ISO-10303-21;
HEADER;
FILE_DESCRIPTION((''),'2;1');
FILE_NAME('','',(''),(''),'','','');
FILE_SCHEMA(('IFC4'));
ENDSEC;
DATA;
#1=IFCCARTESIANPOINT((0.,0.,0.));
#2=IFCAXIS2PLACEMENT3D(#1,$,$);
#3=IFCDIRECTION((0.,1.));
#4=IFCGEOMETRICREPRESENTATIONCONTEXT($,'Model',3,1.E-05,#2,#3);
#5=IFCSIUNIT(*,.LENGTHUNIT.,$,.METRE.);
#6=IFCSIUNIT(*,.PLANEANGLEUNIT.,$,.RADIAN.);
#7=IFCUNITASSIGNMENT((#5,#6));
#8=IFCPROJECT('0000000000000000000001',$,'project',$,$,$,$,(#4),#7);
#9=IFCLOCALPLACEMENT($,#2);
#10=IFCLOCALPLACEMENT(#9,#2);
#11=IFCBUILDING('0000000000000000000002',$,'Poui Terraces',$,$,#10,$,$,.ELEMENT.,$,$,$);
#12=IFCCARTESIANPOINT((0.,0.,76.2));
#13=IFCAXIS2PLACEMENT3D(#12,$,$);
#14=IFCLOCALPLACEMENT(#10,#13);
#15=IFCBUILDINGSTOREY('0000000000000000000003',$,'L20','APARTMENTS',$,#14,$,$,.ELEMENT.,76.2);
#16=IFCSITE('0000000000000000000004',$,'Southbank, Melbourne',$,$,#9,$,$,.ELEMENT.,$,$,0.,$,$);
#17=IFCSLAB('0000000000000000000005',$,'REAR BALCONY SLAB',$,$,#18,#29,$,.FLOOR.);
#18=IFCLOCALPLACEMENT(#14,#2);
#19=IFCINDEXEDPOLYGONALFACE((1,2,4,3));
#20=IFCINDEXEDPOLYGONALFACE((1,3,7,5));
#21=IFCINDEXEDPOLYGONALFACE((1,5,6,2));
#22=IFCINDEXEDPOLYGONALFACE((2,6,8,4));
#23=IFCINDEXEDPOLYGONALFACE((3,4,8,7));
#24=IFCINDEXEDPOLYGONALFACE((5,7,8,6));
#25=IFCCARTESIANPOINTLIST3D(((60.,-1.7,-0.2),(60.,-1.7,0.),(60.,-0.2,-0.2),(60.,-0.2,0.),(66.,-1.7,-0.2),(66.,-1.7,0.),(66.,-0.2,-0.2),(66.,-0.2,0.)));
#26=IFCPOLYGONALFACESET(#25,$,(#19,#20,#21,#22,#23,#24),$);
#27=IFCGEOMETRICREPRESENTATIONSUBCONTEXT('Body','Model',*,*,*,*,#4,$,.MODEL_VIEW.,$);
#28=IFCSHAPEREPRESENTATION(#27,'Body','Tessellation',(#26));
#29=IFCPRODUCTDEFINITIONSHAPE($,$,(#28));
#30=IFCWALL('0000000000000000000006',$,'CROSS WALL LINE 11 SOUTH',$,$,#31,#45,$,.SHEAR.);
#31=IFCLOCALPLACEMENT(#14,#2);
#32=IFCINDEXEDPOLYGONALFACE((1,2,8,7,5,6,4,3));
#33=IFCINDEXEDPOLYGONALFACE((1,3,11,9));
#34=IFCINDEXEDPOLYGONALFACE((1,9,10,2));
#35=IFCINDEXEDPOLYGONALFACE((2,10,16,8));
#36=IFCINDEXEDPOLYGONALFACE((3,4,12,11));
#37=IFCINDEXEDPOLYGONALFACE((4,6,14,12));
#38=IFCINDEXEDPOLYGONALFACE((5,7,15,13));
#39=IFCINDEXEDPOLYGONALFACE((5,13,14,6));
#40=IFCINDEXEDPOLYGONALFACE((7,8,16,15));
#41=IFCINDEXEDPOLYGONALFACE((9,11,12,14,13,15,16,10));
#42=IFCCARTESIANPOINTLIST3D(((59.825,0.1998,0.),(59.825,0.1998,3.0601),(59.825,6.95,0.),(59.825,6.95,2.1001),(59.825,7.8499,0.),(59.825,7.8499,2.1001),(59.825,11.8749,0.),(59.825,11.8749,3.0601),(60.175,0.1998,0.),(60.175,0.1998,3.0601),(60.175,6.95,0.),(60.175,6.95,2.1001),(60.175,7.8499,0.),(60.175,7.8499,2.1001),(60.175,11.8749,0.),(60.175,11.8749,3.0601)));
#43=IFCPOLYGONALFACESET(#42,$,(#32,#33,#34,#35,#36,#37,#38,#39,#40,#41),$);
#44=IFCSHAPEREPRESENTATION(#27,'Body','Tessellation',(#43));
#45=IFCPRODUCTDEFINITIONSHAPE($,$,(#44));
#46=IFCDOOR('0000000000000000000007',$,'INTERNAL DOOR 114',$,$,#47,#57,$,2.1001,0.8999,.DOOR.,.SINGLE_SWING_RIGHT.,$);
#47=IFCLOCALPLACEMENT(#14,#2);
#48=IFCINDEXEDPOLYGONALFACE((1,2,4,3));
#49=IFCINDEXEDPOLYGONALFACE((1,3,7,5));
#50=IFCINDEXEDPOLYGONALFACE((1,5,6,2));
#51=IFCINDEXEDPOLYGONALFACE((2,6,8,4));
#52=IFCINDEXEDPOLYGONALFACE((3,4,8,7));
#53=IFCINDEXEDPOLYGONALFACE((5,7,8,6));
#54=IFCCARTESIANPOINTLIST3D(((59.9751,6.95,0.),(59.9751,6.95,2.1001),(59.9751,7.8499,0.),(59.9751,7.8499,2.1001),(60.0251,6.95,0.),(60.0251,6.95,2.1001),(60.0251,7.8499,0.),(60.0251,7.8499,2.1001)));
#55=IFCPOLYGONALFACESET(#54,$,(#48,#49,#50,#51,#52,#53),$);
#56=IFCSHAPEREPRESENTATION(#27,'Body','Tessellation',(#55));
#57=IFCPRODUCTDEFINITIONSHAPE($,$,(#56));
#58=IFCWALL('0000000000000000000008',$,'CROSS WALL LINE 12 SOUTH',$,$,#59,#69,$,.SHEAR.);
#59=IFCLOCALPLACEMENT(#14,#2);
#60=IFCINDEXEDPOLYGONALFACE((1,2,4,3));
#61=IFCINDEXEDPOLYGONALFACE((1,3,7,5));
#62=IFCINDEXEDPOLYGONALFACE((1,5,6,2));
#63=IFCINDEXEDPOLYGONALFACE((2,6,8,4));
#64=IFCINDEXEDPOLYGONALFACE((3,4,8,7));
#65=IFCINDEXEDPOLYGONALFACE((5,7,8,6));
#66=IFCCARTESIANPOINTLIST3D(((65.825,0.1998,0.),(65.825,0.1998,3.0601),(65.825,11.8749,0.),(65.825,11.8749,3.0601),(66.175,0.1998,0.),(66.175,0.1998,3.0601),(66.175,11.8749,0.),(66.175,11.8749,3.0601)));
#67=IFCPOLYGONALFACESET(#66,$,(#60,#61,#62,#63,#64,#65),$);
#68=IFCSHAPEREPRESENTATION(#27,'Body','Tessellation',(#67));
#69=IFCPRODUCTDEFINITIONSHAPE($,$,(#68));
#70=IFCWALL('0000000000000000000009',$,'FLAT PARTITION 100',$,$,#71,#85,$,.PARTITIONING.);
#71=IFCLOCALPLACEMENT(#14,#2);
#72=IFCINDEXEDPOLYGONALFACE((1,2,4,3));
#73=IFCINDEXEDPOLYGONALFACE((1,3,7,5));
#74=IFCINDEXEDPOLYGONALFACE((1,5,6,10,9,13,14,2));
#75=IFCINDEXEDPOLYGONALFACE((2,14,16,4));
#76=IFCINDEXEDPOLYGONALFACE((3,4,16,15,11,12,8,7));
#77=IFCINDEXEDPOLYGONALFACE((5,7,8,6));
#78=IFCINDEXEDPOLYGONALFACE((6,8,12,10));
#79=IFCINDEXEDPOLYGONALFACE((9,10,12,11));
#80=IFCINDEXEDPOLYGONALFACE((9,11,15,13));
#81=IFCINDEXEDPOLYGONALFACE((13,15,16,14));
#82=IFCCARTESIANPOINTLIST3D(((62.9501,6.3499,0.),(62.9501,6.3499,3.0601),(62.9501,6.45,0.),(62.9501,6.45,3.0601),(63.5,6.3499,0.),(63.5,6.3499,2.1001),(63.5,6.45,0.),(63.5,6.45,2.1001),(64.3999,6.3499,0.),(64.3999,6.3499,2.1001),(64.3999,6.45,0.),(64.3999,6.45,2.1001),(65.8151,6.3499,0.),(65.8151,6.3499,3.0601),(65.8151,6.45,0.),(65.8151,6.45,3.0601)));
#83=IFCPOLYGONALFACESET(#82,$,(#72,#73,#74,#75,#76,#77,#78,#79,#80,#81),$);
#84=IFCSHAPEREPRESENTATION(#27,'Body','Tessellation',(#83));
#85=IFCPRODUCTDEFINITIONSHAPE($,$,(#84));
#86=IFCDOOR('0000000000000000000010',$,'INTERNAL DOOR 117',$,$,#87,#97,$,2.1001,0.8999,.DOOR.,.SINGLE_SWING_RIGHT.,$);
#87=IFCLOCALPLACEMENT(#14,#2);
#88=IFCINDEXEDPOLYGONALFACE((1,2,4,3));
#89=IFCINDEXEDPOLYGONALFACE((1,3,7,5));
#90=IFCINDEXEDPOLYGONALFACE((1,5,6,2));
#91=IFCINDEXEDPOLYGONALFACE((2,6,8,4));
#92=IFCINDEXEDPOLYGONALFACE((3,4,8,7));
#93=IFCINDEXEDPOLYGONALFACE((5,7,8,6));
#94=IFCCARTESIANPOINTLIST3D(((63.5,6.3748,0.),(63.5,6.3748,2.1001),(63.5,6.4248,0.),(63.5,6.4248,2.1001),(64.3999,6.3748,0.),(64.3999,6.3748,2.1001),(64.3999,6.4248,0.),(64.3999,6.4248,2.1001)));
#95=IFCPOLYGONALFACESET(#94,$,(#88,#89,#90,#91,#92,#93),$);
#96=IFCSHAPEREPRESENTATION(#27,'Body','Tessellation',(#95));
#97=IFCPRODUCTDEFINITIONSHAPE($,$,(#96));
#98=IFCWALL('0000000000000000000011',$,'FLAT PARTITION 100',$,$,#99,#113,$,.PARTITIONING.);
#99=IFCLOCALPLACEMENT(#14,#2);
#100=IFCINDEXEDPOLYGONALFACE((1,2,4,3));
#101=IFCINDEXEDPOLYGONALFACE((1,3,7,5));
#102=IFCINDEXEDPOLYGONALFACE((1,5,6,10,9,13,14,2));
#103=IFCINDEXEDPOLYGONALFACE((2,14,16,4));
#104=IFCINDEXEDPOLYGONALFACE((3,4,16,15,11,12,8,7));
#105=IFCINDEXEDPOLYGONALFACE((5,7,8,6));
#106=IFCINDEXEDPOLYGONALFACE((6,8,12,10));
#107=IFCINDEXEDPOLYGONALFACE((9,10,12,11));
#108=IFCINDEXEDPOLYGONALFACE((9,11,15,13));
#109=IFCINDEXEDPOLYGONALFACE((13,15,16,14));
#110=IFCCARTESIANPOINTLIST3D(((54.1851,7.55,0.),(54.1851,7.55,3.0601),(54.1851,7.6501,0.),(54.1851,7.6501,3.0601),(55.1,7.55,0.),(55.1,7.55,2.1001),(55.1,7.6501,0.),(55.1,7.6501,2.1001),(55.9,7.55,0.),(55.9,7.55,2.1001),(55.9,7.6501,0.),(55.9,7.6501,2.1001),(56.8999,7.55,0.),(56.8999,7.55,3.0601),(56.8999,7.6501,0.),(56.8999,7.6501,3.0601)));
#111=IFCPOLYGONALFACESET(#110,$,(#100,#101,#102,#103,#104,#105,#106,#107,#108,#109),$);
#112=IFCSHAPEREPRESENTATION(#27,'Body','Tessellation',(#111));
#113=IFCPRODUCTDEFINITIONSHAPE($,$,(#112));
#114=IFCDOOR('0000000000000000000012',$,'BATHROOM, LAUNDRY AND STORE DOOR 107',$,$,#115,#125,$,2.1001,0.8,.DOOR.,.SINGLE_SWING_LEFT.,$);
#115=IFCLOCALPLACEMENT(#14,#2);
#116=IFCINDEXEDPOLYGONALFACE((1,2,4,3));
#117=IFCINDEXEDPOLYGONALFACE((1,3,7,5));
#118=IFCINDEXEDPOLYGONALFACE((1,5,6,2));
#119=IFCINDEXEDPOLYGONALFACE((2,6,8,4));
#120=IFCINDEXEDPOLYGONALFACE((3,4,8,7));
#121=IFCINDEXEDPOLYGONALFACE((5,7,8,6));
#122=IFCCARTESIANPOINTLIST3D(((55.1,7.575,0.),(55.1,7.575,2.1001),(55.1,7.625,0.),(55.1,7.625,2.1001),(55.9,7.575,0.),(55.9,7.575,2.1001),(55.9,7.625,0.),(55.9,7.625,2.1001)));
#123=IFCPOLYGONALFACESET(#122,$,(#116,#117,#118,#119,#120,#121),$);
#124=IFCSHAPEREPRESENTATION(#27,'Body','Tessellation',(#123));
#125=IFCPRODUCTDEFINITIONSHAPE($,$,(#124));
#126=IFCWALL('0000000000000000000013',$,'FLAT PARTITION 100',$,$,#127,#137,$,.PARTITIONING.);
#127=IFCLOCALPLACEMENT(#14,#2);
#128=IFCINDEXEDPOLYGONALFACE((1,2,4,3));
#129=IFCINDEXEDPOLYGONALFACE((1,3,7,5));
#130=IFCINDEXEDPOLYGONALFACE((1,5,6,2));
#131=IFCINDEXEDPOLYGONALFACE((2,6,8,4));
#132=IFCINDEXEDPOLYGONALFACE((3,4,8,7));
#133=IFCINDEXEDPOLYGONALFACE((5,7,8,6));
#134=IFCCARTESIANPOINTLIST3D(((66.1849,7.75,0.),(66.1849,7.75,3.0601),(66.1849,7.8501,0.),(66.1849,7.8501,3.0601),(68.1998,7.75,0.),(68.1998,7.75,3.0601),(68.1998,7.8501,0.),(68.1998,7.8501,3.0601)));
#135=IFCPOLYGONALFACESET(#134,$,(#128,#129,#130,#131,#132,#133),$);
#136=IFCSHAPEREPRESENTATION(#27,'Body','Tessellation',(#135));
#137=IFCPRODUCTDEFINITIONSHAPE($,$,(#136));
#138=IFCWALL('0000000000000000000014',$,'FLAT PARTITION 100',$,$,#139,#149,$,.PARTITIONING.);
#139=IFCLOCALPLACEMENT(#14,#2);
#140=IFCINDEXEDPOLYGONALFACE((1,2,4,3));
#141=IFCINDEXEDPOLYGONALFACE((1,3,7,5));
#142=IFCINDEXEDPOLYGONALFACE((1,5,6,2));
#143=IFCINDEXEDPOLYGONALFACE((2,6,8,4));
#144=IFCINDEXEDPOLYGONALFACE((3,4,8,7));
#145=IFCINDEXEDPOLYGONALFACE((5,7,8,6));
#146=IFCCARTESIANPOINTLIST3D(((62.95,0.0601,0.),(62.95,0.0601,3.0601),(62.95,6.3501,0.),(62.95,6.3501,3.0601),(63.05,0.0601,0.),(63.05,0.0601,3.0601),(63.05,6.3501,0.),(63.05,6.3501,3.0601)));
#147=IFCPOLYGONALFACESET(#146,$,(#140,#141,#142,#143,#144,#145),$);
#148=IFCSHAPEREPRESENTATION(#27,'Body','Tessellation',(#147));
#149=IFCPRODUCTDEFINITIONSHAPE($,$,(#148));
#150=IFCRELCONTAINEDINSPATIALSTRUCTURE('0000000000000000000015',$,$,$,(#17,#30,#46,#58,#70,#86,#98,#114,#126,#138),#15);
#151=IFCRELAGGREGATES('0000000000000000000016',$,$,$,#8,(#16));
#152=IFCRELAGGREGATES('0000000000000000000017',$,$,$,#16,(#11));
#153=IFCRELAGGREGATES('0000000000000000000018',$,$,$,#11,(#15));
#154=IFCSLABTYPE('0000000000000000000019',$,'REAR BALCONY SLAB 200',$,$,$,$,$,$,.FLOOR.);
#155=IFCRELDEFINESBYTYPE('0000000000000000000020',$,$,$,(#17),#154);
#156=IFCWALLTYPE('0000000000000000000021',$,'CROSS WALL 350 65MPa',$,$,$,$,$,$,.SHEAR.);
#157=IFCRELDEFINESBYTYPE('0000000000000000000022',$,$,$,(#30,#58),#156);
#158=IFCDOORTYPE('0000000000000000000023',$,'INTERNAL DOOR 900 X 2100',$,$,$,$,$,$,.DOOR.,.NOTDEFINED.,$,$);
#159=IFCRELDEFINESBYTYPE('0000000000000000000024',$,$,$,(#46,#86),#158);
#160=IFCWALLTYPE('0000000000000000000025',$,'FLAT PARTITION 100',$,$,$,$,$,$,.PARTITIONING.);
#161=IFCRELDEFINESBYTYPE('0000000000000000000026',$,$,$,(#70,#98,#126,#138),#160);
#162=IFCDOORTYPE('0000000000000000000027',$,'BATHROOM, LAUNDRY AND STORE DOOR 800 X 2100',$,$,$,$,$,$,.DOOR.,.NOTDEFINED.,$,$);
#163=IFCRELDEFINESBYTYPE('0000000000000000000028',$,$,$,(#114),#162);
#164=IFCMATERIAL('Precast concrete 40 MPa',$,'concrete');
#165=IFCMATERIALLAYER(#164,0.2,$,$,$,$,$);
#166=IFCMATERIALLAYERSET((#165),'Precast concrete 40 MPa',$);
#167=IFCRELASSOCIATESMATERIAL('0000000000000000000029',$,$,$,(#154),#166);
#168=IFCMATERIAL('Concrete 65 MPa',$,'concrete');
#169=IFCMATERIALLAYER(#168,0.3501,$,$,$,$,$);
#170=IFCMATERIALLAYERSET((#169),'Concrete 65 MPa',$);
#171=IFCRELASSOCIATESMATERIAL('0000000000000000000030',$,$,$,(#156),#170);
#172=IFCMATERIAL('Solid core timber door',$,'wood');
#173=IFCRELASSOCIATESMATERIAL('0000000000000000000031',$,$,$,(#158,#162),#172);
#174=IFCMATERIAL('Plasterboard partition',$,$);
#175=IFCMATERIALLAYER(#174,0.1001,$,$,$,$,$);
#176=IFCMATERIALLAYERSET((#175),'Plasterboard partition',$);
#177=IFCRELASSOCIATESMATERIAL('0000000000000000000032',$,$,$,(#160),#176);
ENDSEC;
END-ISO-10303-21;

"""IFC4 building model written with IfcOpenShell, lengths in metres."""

from ifc_helpers import new_model, si_unit, direction, frame, frame_2d, origin, place, context, subcontext, project, spatial, polyline, rectangle, outline, extrude, source, transform, mapped, material, layer, layer_set, type_object, element, fill, save


model = new_model("IFC4")

# Units and contexts
model_context = context("Model", 3, precision=1e-05, world=origin(), true_north=direction((0.0, 1.0)))
body_context = subcontext(model_context, "Body", "Model", "MODEL_VIEW")
ifc_project = project(units=[si_unit("LENGTHUNIT", "METRE"), si_unit("PLANEANGLEUNIT", "RADIAN")], contexts=[model_context])

# Site, building, storey
site_placement = place(None, origin())
site = spatial("IfcSite", under=ifc_project, at=site_placement, Name="Southbank, Melbourne", CompositionType="ELEMENT", RefElevation=0.0)
building_placement = place(site_placement, origin())
building = spatial("IfcBuilding", under=site, at=building_placement, Name="Poui Terraces", CompositionType="ELEMENT")
storey_placement = place(building_placement, frame((0.0, 0.0, 76.2)))
storey = spatial("IfcBuildingStorey", under=building, at=storey_placement, Name="L20", Description="APARTMENTS", CompositionType="ELEMENT", Elevation=76.2)

# Slab
ifc_material_1 = material(Name="Precast concrete 40 MPa", Category="concrete")
ifc_layer_1 = layer(ifc_material_1, 0.2)
ifc_layer_set_1 = layer_set([ifc_layer_1], Name="Precast concrete 40 MPa")
slab_type = type_object("IfcSlabType", Name="REAR BALCONY SLAB 200", PredefinedType="FLOOR", material=ifc_layer_set_1)
shared_shape_1 = source(origin(), body_context, "Body", "SweptSolid", [
    extrude(outline(polyline([(0.0, 0.0), (6.0, 0.0), (6.0, 1.5), (0.0, 1.5), (0.0, 0.0)])), origin(), (0.0, 0.0, 1.0), 0.2),
])
slab_placement = place(storey_placement, frame((60.0, -1.7, -0.2)))
element("IfcSlab", 1, at=slab_placement, inside=storey, type_object=slab_type, Name="REAR BALCONY SLAB", PredefinedType="FLOOR", context=body_context, shape_type="MappedRepresentation", body=[
    mapped(shared_shape_1, transform((0.0, 0.0, 0.0))),
])

# Wall, opening, door
ifc_material_2 = material(Name="Concrete 65 MPa", Category="concrete")
ifc_layer_2 = layer(ifc_material_2, 0.3501)
ifc_layer_set_2 = layer_set([ifc_layer_2], Name="Concrete 65 MPa")
wall_type_1 = type_object("IfcWallType", Name="CROSS WALL 350 65MPa", PredefinedType="SHEAR", material=ifc_layer_set_2)
wall_1_placement = place(storey_placement, frame((60.0, 0.2, 0.0), z_axis=(0.0, 0.0, 1.0), x_axis=(0.0, 1.0, 0.0)))
wall_1 = element("IfcWall", 2, at=wall_1_placement, inside=storey, type_object=wall_type_1, Name="CROSS WALL LINE 11 SOUTH", PredefinedType="SHEAR", context=body_context, shape_type="SweptSolid", body=[
    extrude(rectangle(XDim=11.675, YDim=0.3501, at=frame_2d((5.8374, 0.0))), origin(), (0.0, 0.0, 1.0), 3.0601),
])
opening_1_placement = place(wall_1_placement, frame((6.75, 0.0, 0.0)))
opening_1 = element("IfcOpeningElement", 3, at=opening_1_placement, cuts=wall_1, PredefinedType="OPENING", context=body_context, shape_type="SweptSolid", body=[
    extrude(rectangle(XDim=0.8999, YDim=2.1001, at=frame_2d((0.45, 1.05))), frame((0.0, 0.1851, 0.0), z_axis=(0.0, -1.0, 0.0), x_axis=(1.0, 0.0, 0.0)), (0.0, 0.0, 1.0), 0.3701),
])
ifc_material_3 = material(Name="Solid core timber door", Category="wood")
door_type_1 = type_object("IfcDoorType", Name="INTERNAL DOOR 900 X 2100", OperationType="NOTDEFINED", PredefinedType="DOOR", material=ifc_material_3)
door_1_placement = place(opening_1_placement, origin())
door_1 = element("IfcDoor", 4, at=door_1_placement, inside=storey, type_object=door_type_1, Name="INTERNAL DOOR 114", OperationType="SINGLE_SWING_RIGHT", OverallHeight=2.1001, OverallWidth=0.8999, PredefinedType="DOOR", context=body_context, shape_type="SweptSolid", body=[
    extrude(rectangle(XDim=0.8999, YDim=2.1001, at=frame_2d((0.45, 1.05))), frame((0.0, 0.0249, 0.0), z_axis=(0.0, -1.0, 0.0), x_axis=(1.0, 0.0, 0.0)), (0.0, 0.0, 1.0), 0.05),
])
fill(opening_1, door_1)

# Wall
wall_2_placement = place(storey_placement, frame((66.0, 0.2, 0.0), z_axis=(0.0, 0.0, 1.0), x_axis=(0.0, 1.0, 0.0)))
element("IfcWall", 5, at=wall_2_placement, inside=storey, type_object=wall_type_1, Name="CROSS WALL LINE 12 SOUTH", PredefinedType="SHEAR", context=body_context, shape_type="SweptSolid", body=[
    extrude(rectangle(XDim=11.675, YDim=0.3501, at=frame_2d((5.8374, 0.0))), origin(), (0.0, 0.0, 1.0), 3.0601),
])

# Walls, openings, doors
ifc_material_4 = material(Name="Plasterboard partition")
ifc_layer_3 = layer(ifc_material_4, 0.1001)
ifc_layer_set_3 = layer_set([ifc_layer_3], Name="Plasterboard partition")
wall_type_2 = type_object("IfcWallType", Name="FLAT PARTITION 100", PredefinedType="PARTITIONING", material=ifc_layer_set_3)
wall_3_placement = place(storey_placement, frame((62.95, 6.3999, 0.0), z_axis=(0.0, 0.0, 1.0), x_axis=(1.0, 0.0, 0.0)))
wall_3 = element("IfcWall", 6, at=wall_3_placement, inside=storey, type_object=wall_type_2, Name="FLAT PARTITION 100", PredefinedType="PARTITIONING", context=body_context, shape_type="SweptSolid", body=[
    extrude(rectangle(XDim=2.865, YDim=0.1001, at=frame_2d((1.4326, 0.0))), origin(), (0.0, 0.0, 1.0), 3.0601),
])
opening_2_placement = place(wall_3_placement, frame((0.55, 0.0, 0.0)))
opening_2 = element("IfcOpeningElement", 7, at=opening_2_placement, cuts=wall_3, PredefinedType="OPENING", context=body_context, shape_type="SweptSolid", body=[
    extrude(rectangle(XDim=0.8999, YDim=2.1001, at=frame_2d((0.45, 1.05))), frame((0.0, 0.0601, 0.0), z_axis=(0.0, -1.0, 0.0), x_axis=(1.0, 0.0, 0.0)), (0.0, 0.0, 1.0), 0.1201),
])
door_2_placement = place(opening_2_placement, origin())
door_2 = element("IfcDoor", 8, at=door_2_placement, inside=storey, type_object=door_type_1, Name="INTERNAL DOOR 117", OperationType="SINGLE_SWING_RIGHT", OverallHeight=2.1001, OverallWidth=0.8999, PredefinedType="DOOR", context=body_context, shape_type="SweptSolid", body=[
    extrude(rectangle(XDim=0.8999, YDim=2.1001, at=frame_2d((0.45, 1.05))), frame((0.0, 0.0249, 0.0), z_axis=(0.0, -1.0, 0.0), x_axis=(1.0, 0.0, 0.0)), (0.0, 0.0, 1.0), 0.05),
])
fill(opening_2, door_2)
wall_4_placement = place(storey_placement, frame((54.1851, 7.6001, 0.0), z_axis=(0.0, 0.0, 1.0), x_axis=(1.0, 0.0, 0.0)))
wall_4 = element("IfcWall", 9, at=wall_4_placement, inside=storey, type_object=wall_type_2, Name="FLAT PARTITION 100", PredefinedType="PARTITIONING", context=body_context, shape_type="SweptSolid", body=[
    extrude(rectangle(XDim=2.7148, YDim=0.1001, at=frame_2d((1.3574, 0.0))), origin(), (0.0, 0.0, 1.0), 3.0601),
])
opening_3_placement = place(wall_4_placement, frame((0.915, 0.0, 0.0)))
opening_3 = element("IfcOpeningElement", 10, at=opening_3_placement, cuts=wall_4, PredefinedType="OPENING", context=body_context, shape_type="SweptSolid", body=[
    extrude(rectangle(XDim=0.8, YDim=2.1001, at=frame_2d((0.3999, 1.05))), frame((0.0, 0.0601, 0.0), z_axis=(0.0, -1.0, 0.0), x_axis=(1.0, 0.0, 0.0)), (0.0, 0.0, 1.0), 0.1201),
])
door_type_2 = type_object("IfcDoorType", Name="BATHROOM, LAUNDRY AND STORE DOOR 800 X 2100", OperationType="NOTDEFINED", PredefinedType="DOOR", material=ifc_material_3)
door_3_placement = place(opening_3_placement, origin())
door_3 = element("IfcDoor", 11, at=door_3_placement, inside=storey, type_object=door_type_2, Name="BATHROOM, LAUNDRY AND STORE DOOR 107", OperationType="SINGLE_SWING_LEFT", OverallHeight=2.1001, OverallWidth=0.8, PredefinedType="DOOR", context=body_context, shape_type="SweptSolid", body=[
    extrude(rectangle(XDim=0.8, YDim=2.1001, at=frame_2d((0.3999, 1.05))), frame((0.0, 0.0249, 0.0), z_axis=(0.0, -1.0, 0.0), x_axis=(1.0, 0.0, 0.0)), (0.0, 0.0, 1.0), 0.05),
])
fill(opening_3, door_3)

# Walls
wall_5_placement = place(storey_placement, frame((66.1851, 7.8, 0.0), z_axis=(0.0, 0.0, 1.0), x_axis=(1.0, 0.0, 0.0)))
element("IfcWall", 12, at=wall_5_placement, inside=storey, type_object=wall_type_2, Name="FLAT PARTITION 100", PredefinedType="PARTITIONING", context=body_context, shape_type="SweptSolid", body=[
    extrude(rectangle(XDim=2.0149, YDim=0.1001, at=frame_2d((1.0073, 0.0))), origin(), (0.0, 0.0, 1.0), 3.0601),
])
wall_6_placement = place(storey_placement, frame((63.0, 0.0601, 0.0), z_axis=(0.0, 0.0, 1.0), x_axis=(0.0, 1.0, 0.0)))
element("IfcWall", 13, at=wall_6_placement, inside=storey, type_object=wall_type_2, Name="FLAT PARTITION 100", PredefinedType="PARTITIONING", context=body_context, shape_type="SweptSolid", body=[
    extrude(rectangle(XDim=6.29, YDim=0.1001, at=frame_2d((3.145, 0.0))), origin(), (0.0, 0.0, 1.0), 3.0601),
])

save(model, "model.ifc")
